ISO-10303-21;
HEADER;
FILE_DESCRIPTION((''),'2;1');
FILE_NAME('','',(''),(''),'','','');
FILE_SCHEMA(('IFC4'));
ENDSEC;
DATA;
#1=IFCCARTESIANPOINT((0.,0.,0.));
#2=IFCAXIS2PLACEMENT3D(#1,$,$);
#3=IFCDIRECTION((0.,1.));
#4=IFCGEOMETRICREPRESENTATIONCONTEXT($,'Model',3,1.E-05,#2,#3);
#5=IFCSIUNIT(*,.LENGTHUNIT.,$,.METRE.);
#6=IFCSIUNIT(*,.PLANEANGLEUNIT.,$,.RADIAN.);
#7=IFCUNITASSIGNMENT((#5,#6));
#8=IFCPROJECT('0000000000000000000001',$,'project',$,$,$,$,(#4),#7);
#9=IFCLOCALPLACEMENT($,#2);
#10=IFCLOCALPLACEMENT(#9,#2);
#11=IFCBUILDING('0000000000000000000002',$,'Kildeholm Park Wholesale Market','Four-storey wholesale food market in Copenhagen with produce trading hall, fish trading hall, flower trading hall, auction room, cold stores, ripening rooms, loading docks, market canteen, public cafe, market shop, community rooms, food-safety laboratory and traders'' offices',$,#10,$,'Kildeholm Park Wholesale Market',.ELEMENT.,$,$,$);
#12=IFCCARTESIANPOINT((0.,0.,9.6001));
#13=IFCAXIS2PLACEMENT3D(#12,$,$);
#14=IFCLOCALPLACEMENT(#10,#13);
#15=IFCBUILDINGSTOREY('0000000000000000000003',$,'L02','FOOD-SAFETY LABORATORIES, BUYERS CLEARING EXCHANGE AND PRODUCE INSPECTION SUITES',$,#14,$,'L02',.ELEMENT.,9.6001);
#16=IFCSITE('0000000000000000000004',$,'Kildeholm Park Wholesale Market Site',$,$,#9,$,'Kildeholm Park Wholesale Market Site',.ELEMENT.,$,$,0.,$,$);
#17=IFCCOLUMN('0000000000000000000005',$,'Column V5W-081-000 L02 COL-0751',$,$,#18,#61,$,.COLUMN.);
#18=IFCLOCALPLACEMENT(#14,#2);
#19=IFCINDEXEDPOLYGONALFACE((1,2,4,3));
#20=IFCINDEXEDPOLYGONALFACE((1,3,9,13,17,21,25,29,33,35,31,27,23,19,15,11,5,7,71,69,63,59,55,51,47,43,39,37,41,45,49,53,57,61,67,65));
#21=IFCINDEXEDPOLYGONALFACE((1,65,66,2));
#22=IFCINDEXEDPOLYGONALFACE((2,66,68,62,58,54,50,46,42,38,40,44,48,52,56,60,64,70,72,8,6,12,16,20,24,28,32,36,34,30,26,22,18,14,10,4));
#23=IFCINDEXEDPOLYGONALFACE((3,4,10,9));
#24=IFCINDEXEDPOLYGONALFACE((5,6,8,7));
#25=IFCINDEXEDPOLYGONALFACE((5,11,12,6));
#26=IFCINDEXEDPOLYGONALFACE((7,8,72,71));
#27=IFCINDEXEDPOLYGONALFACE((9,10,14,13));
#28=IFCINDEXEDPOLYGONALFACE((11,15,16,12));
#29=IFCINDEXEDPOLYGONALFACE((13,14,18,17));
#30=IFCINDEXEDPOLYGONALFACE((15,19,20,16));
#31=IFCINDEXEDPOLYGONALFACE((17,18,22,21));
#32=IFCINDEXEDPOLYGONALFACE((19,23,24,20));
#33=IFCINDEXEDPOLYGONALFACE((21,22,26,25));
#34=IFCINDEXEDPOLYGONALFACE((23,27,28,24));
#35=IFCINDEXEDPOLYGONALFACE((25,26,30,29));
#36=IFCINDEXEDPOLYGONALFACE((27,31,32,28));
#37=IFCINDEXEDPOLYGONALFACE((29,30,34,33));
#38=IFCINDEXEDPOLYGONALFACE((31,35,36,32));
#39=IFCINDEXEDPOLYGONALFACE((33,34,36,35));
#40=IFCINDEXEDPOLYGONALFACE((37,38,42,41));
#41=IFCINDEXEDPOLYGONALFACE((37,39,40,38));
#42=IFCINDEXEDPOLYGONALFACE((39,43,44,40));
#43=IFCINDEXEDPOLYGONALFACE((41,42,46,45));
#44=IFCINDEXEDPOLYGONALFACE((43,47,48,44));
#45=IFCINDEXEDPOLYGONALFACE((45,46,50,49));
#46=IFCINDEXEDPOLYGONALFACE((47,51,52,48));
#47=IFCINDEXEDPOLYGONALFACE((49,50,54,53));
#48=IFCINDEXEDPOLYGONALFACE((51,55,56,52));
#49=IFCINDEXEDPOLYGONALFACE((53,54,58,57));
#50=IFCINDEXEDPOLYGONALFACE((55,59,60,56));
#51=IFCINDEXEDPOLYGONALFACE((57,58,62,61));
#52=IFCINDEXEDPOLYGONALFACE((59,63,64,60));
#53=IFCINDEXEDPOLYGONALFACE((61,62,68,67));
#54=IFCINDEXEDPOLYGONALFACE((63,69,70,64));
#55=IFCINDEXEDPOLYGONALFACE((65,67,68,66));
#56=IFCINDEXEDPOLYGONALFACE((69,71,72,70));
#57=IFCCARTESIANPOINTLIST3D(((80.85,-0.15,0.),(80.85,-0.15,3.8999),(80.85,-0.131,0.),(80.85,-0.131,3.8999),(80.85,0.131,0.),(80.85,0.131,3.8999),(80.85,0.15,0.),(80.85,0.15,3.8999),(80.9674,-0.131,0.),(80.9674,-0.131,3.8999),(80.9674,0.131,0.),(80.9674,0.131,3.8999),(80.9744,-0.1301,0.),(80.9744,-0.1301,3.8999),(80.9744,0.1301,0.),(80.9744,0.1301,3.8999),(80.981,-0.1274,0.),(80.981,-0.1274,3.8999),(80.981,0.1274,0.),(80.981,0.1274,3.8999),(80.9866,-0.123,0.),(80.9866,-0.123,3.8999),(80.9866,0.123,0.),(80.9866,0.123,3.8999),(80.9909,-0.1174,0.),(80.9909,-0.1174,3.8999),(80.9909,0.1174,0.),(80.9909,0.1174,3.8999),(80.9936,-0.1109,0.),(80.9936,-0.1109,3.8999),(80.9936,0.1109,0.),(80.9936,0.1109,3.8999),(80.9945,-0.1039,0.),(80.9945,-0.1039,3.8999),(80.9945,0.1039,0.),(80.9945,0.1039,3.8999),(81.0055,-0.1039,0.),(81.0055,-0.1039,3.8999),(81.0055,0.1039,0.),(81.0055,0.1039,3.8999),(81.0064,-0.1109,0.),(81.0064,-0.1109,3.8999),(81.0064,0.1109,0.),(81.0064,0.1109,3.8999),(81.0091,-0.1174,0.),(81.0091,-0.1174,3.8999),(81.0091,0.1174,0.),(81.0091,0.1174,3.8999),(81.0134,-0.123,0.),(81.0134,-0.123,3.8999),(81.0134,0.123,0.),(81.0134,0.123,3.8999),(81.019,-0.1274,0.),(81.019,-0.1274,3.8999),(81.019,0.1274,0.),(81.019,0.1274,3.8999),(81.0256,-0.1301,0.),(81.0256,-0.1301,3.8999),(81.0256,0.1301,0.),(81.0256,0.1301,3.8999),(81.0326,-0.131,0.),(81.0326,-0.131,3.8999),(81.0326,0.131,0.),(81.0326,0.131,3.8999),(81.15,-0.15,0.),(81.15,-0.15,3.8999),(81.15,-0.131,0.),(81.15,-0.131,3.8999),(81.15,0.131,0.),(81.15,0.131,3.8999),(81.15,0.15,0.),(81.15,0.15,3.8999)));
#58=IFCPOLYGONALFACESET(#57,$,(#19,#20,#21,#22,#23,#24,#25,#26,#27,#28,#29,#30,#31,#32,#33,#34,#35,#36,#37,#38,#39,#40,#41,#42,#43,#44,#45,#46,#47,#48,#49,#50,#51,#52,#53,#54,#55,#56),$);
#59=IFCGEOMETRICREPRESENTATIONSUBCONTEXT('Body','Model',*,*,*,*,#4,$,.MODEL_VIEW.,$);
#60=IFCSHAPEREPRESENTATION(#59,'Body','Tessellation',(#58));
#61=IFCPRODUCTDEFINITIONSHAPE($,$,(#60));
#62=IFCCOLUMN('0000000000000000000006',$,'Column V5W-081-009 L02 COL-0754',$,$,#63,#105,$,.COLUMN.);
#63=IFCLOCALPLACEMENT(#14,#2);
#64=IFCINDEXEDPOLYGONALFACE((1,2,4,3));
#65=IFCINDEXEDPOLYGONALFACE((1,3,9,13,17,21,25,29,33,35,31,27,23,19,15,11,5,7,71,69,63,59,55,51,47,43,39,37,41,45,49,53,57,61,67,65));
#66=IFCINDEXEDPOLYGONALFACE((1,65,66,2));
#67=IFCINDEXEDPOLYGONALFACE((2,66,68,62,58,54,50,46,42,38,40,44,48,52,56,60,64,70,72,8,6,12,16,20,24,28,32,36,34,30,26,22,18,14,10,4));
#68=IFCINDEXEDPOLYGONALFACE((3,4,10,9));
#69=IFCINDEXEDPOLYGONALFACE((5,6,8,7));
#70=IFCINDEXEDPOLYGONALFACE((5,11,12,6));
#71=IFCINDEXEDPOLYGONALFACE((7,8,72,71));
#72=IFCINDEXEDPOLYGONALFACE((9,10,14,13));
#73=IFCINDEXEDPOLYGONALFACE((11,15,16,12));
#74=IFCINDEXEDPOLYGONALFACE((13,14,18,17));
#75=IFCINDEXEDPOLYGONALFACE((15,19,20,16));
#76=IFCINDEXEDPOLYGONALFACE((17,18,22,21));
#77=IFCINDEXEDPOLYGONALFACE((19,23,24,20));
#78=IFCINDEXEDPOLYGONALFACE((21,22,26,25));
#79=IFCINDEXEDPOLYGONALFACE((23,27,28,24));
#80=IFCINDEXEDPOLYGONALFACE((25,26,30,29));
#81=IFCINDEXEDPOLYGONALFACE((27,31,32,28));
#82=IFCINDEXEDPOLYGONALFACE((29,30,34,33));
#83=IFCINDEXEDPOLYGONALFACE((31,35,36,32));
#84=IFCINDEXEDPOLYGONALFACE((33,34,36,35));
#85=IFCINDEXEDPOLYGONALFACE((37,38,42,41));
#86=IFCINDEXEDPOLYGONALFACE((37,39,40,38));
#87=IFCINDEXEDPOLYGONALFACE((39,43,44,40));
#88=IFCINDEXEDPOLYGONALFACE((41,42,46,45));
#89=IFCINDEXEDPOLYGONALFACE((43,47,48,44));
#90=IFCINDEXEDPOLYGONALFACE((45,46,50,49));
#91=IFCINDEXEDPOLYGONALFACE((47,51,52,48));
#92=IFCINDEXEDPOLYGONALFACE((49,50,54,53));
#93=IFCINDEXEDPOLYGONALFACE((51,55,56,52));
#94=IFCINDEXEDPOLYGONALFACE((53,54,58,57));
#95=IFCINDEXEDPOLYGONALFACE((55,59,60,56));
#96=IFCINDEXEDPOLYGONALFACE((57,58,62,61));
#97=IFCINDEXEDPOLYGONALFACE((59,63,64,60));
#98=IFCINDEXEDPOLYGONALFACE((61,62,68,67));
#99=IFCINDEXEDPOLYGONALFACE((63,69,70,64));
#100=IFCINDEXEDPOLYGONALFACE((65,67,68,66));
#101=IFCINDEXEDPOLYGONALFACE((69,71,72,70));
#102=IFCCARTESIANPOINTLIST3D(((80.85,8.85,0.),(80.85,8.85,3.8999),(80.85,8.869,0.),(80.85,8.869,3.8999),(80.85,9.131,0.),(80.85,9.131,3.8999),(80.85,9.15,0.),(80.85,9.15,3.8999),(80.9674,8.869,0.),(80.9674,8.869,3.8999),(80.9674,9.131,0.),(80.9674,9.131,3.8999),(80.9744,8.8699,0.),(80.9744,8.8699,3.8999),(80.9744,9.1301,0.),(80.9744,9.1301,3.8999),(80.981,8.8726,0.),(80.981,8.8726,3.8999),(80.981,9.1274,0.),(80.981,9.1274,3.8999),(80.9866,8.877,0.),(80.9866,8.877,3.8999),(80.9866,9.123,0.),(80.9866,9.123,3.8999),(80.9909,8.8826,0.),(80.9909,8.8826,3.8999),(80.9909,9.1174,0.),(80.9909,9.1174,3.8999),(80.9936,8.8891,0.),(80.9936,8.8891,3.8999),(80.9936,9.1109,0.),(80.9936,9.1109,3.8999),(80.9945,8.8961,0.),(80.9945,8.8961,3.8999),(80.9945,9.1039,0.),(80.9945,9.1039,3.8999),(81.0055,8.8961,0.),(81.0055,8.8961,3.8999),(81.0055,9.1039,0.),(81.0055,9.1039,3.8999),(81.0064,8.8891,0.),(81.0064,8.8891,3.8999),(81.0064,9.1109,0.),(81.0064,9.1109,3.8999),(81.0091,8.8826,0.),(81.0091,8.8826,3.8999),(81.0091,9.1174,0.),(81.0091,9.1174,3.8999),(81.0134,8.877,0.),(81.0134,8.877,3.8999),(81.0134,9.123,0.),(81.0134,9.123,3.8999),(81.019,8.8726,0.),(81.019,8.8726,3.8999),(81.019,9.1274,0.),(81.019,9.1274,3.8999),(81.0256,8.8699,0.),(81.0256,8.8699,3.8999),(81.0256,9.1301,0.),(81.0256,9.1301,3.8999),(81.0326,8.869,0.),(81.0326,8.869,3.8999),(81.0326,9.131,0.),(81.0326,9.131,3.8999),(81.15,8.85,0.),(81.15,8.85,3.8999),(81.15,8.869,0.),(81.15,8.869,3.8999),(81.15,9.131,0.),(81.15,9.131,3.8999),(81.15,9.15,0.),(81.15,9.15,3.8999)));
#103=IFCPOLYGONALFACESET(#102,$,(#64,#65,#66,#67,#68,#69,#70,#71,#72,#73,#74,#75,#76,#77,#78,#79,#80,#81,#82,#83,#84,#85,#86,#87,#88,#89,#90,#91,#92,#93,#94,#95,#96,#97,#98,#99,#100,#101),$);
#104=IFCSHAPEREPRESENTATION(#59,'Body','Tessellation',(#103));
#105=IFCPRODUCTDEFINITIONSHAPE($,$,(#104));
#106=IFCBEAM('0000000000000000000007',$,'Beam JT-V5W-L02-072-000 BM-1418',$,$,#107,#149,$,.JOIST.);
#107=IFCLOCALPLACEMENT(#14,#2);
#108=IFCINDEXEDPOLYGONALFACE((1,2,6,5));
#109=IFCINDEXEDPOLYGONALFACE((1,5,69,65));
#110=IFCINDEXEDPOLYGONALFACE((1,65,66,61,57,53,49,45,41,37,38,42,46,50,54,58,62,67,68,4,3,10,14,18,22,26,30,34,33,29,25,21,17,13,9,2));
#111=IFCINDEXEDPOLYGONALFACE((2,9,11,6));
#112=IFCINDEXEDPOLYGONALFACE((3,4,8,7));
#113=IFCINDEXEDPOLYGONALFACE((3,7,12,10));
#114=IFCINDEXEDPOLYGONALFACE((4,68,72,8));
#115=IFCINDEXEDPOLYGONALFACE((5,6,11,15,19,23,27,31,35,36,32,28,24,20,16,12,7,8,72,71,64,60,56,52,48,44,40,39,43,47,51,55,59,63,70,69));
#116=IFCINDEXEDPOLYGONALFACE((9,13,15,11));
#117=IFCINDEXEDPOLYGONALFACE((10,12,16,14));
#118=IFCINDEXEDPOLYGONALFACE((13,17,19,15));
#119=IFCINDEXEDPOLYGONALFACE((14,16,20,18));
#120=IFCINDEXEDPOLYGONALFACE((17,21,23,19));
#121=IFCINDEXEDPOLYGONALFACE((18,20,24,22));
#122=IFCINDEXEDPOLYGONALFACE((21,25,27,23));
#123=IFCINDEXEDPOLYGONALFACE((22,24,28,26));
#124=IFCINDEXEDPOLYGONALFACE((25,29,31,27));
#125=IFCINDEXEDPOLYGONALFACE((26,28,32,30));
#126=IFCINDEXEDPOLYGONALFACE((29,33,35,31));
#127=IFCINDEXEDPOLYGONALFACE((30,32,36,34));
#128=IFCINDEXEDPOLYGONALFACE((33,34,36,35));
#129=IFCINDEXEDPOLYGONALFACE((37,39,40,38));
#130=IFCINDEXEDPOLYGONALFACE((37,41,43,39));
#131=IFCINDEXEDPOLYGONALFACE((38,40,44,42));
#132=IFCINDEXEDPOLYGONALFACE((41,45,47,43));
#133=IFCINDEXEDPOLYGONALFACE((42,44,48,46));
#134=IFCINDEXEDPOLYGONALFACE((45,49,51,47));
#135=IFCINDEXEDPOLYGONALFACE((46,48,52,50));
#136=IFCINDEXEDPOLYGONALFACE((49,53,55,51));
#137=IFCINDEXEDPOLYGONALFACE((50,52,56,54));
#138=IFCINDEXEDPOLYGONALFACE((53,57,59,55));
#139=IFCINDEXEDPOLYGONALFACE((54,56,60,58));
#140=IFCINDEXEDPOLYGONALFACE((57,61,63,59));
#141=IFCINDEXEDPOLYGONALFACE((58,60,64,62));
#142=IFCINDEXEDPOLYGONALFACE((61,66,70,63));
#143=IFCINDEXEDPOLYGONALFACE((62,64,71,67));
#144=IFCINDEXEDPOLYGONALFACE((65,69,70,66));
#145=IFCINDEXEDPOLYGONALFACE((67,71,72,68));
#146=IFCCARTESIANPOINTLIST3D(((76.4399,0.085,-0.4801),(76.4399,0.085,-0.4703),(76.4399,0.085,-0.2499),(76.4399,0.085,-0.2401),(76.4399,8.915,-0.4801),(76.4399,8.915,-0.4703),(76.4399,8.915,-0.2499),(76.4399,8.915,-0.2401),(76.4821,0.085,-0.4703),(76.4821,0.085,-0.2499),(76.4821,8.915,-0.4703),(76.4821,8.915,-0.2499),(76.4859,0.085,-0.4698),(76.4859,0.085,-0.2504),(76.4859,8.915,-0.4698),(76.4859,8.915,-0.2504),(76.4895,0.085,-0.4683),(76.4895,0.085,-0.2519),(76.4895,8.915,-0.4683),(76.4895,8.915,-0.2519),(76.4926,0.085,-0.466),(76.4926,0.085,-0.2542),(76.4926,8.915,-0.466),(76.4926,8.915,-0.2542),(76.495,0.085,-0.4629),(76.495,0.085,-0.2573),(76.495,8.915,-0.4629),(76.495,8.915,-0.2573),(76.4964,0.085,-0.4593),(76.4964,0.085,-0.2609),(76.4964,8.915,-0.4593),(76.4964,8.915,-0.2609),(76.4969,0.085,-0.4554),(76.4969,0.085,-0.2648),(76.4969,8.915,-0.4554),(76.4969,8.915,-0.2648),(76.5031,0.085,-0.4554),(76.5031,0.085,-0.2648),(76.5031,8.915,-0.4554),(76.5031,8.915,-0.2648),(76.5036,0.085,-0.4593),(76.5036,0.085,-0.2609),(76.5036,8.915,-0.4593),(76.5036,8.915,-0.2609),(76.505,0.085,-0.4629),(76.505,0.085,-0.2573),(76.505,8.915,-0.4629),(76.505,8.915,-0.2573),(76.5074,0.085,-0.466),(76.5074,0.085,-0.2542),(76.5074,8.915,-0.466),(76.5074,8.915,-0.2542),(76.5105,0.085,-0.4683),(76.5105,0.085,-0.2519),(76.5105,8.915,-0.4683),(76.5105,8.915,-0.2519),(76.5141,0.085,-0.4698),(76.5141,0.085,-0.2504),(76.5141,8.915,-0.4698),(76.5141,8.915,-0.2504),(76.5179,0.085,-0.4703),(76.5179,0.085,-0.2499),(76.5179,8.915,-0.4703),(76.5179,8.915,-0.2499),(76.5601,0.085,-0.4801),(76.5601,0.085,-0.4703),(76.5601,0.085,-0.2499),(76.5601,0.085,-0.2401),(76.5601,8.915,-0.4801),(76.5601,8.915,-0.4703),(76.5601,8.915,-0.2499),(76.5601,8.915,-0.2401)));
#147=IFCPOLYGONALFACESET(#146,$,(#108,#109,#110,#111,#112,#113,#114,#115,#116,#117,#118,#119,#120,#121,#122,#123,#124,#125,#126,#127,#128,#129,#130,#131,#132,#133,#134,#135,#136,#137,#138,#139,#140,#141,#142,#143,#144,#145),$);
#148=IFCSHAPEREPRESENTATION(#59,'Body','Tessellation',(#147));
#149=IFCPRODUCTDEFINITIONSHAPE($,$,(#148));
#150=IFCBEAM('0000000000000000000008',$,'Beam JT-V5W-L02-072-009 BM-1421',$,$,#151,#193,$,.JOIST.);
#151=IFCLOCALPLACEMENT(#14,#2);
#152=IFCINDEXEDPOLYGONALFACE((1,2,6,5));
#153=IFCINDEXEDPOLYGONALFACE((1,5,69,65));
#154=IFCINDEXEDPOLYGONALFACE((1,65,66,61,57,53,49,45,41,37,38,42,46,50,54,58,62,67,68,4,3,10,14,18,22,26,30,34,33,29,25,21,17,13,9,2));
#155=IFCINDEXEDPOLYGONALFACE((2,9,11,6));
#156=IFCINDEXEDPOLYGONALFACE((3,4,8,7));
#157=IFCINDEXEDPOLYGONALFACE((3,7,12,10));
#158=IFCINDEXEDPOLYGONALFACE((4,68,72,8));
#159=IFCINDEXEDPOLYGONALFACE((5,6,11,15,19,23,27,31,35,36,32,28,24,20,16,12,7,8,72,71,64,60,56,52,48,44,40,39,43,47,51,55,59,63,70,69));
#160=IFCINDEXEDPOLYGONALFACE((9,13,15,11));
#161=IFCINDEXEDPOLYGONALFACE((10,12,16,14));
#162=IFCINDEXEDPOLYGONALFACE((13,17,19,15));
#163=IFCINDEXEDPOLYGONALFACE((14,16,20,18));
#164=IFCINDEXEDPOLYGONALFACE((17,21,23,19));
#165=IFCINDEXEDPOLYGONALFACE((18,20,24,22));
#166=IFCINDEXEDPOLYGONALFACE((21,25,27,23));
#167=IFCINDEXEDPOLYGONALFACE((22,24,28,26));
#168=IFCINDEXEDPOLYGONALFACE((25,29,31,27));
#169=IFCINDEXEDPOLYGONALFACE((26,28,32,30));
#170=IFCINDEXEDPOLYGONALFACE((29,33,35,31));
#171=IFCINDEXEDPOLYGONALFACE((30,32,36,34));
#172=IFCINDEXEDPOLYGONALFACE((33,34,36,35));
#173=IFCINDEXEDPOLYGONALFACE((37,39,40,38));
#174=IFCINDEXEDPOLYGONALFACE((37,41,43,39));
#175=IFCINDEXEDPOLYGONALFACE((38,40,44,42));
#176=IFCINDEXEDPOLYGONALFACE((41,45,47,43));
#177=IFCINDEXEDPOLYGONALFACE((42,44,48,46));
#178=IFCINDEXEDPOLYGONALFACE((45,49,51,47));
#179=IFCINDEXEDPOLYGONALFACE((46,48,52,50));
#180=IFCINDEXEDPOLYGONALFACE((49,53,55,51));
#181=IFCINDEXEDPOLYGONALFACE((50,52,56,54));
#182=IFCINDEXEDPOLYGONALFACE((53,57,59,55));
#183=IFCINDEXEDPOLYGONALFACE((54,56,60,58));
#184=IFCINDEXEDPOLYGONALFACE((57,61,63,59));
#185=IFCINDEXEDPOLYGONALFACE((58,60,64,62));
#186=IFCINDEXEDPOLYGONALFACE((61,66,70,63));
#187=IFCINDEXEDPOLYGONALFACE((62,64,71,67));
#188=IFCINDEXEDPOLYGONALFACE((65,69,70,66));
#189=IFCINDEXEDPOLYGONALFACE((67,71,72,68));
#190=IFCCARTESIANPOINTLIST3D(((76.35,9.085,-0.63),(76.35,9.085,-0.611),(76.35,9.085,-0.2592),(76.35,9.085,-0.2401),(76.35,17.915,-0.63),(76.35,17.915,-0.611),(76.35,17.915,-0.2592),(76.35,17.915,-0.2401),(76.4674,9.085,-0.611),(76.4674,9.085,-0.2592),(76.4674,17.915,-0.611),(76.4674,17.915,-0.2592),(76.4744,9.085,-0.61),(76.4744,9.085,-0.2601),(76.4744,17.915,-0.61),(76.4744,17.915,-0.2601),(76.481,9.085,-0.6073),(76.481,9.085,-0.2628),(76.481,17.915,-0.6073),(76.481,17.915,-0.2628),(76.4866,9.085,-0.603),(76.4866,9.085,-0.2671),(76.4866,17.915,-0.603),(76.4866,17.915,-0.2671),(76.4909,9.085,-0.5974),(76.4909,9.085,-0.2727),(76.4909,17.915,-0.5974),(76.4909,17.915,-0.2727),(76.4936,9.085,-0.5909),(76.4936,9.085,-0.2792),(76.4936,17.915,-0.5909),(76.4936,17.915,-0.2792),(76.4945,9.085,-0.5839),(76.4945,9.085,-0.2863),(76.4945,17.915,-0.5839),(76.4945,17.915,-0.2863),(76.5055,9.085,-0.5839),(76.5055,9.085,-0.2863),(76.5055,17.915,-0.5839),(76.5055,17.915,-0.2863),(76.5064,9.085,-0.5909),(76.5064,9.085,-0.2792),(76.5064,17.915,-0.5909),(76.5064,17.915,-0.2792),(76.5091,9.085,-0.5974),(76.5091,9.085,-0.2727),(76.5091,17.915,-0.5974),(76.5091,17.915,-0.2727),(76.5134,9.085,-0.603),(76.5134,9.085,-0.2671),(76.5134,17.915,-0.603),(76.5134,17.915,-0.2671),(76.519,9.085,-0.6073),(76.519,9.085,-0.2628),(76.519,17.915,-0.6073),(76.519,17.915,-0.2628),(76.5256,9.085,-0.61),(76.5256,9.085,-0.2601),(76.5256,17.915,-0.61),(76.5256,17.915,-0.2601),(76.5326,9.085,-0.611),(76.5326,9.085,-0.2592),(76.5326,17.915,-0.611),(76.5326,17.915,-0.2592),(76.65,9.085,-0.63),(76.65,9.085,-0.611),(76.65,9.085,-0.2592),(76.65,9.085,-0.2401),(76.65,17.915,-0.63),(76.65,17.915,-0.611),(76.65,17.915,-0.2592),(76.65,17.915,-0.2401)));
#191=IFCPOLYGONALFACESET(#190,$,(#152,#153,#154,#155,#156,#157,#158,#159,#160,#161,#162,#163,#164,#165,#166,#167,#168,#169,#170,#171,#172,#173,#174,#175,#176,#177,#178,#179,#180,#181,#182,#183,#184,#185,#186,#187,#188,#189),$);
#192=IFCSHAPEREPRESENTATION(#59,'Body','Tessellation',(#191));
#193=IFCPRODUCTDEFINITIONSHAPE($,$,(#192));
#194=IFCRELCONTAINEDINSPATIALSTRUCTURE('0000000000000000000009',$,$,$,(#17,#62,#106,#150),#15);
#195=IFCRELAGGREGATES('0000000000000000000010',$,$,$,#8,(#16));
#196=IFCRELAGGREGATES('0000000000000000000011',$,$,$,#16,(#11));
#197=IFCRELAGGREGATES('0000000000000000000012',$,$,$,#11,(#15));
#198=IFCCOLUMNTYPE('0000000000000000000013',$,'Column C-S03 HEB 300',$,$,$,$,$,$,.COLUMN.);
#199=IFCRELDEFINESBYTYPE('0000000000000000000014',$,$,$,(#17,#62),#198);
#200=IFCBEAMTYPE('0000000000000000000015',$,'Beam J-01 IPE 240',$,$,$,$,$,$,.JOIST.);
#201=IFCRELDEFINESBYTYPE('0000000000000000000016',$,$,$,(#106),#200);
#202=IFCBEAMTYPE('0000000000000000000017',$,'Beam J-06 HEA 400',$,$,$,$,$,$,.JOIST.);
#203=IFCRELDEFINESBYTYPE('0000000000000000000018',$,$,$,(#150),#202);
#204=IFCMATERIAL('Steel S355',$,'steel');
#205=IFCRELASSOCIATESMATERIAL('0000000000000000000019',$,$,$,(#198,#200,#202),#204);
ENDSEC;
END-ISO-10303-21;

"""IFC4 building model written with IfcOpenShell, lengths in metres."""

from ifc_helpers import new_model, si_unit, direction, frame, origin, origin_2d, place, context, subcontext, project, spatial, i_section, extrude, material, material_profile, profile_set, type_object, element, save


model = new_model("IFC4")

# Units and contexts
model_context = context("Model", 3, precision=1e-05, world=origin(), true_north=direction((0.0, 1.0)))
body_context = subcontext(model_context, "Body", "Model", "MODEL_VIEW")
ifc_project = project(units=[si_unit("LENGTHUNIT", "METRE"), si_unit("PLANEANGLEUNIT", "RADIAN")], contexts=[model_context])

# Site, building, storey
site_placement = place(None, origin())
site = spatial("IfcSite", under=ifc_project, at=site_placement, Name="Kildeholm Park Wholesale Market Site", LongName="Kildeholm Park Wholesale Market Site", CompositionType="ELEMENT", RefElevation=0.0)
building_placement = place(site_placement, origin())
building = spatial("IfcBuilding", under=site, at=building_placement, Name="Kildeholm Park Wholesale Market", Description="Four-storey wholesale food market in Copenhagen with produce trading hall, fish trading hall, flower trading hall, auction room, cold stores, ripening rooms, loading docks, market canteen, public cafe, market shop, community rooms, food-safety laboratory and traders' offices", LongName="Kildeholm Park Wholesale Market", CompositionType="ELEMENT")
storey_placement = place(building_placement, frame((0.0, 0.0, 9.6001)))
storey = spatial("IfcBuildingStorey", under=building, at=storey_placement, Name="L02", Description="FOOD-SAFETY LABORATORIES, BUYERS CLEARING EXCHANGE AND PRODUCE INSPECTION SUITES", LongName="L02", CompositionType="ELEMENT", Elevation=9.6001)

# Columns
ifc_material_1 = material(Name="Steel S355", Category="steel")
ifc_material_profile_1 = material_profile(ifc_material_1, i_section(OverallWidth=0.3, OverallDepth=0.3, WebThickness=0.011, FlangeThickness=0.019, FilletRadius=0.0271, at=origin_2d()), Name="HEB 300")
ifc_profile_set_1 = profile_set([ifc_material_profile_1], Name="Steel S355")
column_type = type_object("IfcColumnType", Name="Column C-S03 HEB 300", PredefinedType="COLUMN", material=ifc_profile_set_1)
for number, where, z_axis, x_axis, name in (
    (1, (81.0, 0.0, 0.0), (0.0, 0.0, 1.0), (1.0, 0.0, 0.0), "Column V5W-081-000 L02 COL-0751"),
    (2, (81.0, 9.0, 0.0), (0.0, 0.0, 1.0), (1.0, 0.0, 0.0), "Column V5W-081-009 L02 COL-0754"),
):
    element("IfcColumn", number, at=place(storey_placement, frame(where, z_axis=z_axis, x_axis=x_axis)), inside=storey, type_object=column_type, Name=name, PredefinedType="COLUMN", context=body_context, shape_type="SweptSolid", body=[
        extrude(i_section(OverallWidth=0.3, OverallDepth=0.3, WebThickness=0.011, FlangeThickness=0.019, FilletRadius=0.0271, at=origin_2d()), origin(), (0.0, 0.0, 1.0), 3.8999),
    ])

# Beams
ifc_material_profile_2 = material_profile(ifc_material_1, i_section(OverallWidth=0.1201, OverallDepth=0.24, WebThickness=0.0061, FlangeThickness=0.0098, FilletRadius=0.0149, at=origin_2d()), Name="IPE 240")
ifc_profile_set_2 = profile_set([ifc_material_profile_2], Name="Steel S355")
beam_type_1 = type_object("IfcBeamType", Name="Beam J-01 IPE 240", PredefinedType="JOIST", material=ifc_profile_set_2)
beam_1_placement = place(storey_placement, frame((76.5, 0.085, -0.3601), z_axis=(0.0, 1.0, 0.0), x_axis=(-1.0, 0.0, 0.0)))
element("IfcBeam", 3, at=beam_1_placement, inside=storey, type_object=beam_type_1, Name="Beam JT-V5W-L02-072-000 BM-1418", PredefinedType="JOIST", context=body_context, shape_type="SweptSolid", body=[
    extrude(i_section(OverallWidth=0.1201, OverallDepth=0.24, WebThickness=0.0061, FlangeThickness=0.0098, FilletRadius=0.0149, at=origin_2d()), origin(), (0.0, 0.0, 1.0), 8.8301),
])
ifc_material_profile_3 = material_profile(ifc_material_1, i_section(OverallWidth=0.3, OverallDepth=0.3899, WebThickness=0.011, FlangeThickness=0.019, FilletRadius=0.0271, at=origin_2d()), Name="HEA 400")
ifc_profile_set_3 = profile_set([ifc_material_profile_3], Name="Steel S355")
beam_type_2 = type_object("IfcBeamType", Name="Beam J-06 HEA 400", PredefinedType="JOIST", material=ifc_profile_set_3)
beam_2_placement = place(storey_placement, frame((76.5, 9.085, -0.4351), z_axis=(0.0, 1.0, 0.0), x_axis=(-1.0, 0.0, 0.0)))
element("IfcBeam", 4, at=beam_2_placement, inside=storey, type_object=beam_type_2, Name="Beam JT-V5W-L02-072-009 BM-1421", PredefinedType="JOIST", context=body_context, shape_type="SweptSolid", body=[
    extrude(i_section(OverallWidth=0.3, OverallDepth=0.3899, WebThickness=0.011, FlangeThickness=0.019, FilletRadius=0.0271, at=origin_2d()), origin(), (0.0, 0.0, 1.0), 8.8301),
])

save(model, "model.ifc")
